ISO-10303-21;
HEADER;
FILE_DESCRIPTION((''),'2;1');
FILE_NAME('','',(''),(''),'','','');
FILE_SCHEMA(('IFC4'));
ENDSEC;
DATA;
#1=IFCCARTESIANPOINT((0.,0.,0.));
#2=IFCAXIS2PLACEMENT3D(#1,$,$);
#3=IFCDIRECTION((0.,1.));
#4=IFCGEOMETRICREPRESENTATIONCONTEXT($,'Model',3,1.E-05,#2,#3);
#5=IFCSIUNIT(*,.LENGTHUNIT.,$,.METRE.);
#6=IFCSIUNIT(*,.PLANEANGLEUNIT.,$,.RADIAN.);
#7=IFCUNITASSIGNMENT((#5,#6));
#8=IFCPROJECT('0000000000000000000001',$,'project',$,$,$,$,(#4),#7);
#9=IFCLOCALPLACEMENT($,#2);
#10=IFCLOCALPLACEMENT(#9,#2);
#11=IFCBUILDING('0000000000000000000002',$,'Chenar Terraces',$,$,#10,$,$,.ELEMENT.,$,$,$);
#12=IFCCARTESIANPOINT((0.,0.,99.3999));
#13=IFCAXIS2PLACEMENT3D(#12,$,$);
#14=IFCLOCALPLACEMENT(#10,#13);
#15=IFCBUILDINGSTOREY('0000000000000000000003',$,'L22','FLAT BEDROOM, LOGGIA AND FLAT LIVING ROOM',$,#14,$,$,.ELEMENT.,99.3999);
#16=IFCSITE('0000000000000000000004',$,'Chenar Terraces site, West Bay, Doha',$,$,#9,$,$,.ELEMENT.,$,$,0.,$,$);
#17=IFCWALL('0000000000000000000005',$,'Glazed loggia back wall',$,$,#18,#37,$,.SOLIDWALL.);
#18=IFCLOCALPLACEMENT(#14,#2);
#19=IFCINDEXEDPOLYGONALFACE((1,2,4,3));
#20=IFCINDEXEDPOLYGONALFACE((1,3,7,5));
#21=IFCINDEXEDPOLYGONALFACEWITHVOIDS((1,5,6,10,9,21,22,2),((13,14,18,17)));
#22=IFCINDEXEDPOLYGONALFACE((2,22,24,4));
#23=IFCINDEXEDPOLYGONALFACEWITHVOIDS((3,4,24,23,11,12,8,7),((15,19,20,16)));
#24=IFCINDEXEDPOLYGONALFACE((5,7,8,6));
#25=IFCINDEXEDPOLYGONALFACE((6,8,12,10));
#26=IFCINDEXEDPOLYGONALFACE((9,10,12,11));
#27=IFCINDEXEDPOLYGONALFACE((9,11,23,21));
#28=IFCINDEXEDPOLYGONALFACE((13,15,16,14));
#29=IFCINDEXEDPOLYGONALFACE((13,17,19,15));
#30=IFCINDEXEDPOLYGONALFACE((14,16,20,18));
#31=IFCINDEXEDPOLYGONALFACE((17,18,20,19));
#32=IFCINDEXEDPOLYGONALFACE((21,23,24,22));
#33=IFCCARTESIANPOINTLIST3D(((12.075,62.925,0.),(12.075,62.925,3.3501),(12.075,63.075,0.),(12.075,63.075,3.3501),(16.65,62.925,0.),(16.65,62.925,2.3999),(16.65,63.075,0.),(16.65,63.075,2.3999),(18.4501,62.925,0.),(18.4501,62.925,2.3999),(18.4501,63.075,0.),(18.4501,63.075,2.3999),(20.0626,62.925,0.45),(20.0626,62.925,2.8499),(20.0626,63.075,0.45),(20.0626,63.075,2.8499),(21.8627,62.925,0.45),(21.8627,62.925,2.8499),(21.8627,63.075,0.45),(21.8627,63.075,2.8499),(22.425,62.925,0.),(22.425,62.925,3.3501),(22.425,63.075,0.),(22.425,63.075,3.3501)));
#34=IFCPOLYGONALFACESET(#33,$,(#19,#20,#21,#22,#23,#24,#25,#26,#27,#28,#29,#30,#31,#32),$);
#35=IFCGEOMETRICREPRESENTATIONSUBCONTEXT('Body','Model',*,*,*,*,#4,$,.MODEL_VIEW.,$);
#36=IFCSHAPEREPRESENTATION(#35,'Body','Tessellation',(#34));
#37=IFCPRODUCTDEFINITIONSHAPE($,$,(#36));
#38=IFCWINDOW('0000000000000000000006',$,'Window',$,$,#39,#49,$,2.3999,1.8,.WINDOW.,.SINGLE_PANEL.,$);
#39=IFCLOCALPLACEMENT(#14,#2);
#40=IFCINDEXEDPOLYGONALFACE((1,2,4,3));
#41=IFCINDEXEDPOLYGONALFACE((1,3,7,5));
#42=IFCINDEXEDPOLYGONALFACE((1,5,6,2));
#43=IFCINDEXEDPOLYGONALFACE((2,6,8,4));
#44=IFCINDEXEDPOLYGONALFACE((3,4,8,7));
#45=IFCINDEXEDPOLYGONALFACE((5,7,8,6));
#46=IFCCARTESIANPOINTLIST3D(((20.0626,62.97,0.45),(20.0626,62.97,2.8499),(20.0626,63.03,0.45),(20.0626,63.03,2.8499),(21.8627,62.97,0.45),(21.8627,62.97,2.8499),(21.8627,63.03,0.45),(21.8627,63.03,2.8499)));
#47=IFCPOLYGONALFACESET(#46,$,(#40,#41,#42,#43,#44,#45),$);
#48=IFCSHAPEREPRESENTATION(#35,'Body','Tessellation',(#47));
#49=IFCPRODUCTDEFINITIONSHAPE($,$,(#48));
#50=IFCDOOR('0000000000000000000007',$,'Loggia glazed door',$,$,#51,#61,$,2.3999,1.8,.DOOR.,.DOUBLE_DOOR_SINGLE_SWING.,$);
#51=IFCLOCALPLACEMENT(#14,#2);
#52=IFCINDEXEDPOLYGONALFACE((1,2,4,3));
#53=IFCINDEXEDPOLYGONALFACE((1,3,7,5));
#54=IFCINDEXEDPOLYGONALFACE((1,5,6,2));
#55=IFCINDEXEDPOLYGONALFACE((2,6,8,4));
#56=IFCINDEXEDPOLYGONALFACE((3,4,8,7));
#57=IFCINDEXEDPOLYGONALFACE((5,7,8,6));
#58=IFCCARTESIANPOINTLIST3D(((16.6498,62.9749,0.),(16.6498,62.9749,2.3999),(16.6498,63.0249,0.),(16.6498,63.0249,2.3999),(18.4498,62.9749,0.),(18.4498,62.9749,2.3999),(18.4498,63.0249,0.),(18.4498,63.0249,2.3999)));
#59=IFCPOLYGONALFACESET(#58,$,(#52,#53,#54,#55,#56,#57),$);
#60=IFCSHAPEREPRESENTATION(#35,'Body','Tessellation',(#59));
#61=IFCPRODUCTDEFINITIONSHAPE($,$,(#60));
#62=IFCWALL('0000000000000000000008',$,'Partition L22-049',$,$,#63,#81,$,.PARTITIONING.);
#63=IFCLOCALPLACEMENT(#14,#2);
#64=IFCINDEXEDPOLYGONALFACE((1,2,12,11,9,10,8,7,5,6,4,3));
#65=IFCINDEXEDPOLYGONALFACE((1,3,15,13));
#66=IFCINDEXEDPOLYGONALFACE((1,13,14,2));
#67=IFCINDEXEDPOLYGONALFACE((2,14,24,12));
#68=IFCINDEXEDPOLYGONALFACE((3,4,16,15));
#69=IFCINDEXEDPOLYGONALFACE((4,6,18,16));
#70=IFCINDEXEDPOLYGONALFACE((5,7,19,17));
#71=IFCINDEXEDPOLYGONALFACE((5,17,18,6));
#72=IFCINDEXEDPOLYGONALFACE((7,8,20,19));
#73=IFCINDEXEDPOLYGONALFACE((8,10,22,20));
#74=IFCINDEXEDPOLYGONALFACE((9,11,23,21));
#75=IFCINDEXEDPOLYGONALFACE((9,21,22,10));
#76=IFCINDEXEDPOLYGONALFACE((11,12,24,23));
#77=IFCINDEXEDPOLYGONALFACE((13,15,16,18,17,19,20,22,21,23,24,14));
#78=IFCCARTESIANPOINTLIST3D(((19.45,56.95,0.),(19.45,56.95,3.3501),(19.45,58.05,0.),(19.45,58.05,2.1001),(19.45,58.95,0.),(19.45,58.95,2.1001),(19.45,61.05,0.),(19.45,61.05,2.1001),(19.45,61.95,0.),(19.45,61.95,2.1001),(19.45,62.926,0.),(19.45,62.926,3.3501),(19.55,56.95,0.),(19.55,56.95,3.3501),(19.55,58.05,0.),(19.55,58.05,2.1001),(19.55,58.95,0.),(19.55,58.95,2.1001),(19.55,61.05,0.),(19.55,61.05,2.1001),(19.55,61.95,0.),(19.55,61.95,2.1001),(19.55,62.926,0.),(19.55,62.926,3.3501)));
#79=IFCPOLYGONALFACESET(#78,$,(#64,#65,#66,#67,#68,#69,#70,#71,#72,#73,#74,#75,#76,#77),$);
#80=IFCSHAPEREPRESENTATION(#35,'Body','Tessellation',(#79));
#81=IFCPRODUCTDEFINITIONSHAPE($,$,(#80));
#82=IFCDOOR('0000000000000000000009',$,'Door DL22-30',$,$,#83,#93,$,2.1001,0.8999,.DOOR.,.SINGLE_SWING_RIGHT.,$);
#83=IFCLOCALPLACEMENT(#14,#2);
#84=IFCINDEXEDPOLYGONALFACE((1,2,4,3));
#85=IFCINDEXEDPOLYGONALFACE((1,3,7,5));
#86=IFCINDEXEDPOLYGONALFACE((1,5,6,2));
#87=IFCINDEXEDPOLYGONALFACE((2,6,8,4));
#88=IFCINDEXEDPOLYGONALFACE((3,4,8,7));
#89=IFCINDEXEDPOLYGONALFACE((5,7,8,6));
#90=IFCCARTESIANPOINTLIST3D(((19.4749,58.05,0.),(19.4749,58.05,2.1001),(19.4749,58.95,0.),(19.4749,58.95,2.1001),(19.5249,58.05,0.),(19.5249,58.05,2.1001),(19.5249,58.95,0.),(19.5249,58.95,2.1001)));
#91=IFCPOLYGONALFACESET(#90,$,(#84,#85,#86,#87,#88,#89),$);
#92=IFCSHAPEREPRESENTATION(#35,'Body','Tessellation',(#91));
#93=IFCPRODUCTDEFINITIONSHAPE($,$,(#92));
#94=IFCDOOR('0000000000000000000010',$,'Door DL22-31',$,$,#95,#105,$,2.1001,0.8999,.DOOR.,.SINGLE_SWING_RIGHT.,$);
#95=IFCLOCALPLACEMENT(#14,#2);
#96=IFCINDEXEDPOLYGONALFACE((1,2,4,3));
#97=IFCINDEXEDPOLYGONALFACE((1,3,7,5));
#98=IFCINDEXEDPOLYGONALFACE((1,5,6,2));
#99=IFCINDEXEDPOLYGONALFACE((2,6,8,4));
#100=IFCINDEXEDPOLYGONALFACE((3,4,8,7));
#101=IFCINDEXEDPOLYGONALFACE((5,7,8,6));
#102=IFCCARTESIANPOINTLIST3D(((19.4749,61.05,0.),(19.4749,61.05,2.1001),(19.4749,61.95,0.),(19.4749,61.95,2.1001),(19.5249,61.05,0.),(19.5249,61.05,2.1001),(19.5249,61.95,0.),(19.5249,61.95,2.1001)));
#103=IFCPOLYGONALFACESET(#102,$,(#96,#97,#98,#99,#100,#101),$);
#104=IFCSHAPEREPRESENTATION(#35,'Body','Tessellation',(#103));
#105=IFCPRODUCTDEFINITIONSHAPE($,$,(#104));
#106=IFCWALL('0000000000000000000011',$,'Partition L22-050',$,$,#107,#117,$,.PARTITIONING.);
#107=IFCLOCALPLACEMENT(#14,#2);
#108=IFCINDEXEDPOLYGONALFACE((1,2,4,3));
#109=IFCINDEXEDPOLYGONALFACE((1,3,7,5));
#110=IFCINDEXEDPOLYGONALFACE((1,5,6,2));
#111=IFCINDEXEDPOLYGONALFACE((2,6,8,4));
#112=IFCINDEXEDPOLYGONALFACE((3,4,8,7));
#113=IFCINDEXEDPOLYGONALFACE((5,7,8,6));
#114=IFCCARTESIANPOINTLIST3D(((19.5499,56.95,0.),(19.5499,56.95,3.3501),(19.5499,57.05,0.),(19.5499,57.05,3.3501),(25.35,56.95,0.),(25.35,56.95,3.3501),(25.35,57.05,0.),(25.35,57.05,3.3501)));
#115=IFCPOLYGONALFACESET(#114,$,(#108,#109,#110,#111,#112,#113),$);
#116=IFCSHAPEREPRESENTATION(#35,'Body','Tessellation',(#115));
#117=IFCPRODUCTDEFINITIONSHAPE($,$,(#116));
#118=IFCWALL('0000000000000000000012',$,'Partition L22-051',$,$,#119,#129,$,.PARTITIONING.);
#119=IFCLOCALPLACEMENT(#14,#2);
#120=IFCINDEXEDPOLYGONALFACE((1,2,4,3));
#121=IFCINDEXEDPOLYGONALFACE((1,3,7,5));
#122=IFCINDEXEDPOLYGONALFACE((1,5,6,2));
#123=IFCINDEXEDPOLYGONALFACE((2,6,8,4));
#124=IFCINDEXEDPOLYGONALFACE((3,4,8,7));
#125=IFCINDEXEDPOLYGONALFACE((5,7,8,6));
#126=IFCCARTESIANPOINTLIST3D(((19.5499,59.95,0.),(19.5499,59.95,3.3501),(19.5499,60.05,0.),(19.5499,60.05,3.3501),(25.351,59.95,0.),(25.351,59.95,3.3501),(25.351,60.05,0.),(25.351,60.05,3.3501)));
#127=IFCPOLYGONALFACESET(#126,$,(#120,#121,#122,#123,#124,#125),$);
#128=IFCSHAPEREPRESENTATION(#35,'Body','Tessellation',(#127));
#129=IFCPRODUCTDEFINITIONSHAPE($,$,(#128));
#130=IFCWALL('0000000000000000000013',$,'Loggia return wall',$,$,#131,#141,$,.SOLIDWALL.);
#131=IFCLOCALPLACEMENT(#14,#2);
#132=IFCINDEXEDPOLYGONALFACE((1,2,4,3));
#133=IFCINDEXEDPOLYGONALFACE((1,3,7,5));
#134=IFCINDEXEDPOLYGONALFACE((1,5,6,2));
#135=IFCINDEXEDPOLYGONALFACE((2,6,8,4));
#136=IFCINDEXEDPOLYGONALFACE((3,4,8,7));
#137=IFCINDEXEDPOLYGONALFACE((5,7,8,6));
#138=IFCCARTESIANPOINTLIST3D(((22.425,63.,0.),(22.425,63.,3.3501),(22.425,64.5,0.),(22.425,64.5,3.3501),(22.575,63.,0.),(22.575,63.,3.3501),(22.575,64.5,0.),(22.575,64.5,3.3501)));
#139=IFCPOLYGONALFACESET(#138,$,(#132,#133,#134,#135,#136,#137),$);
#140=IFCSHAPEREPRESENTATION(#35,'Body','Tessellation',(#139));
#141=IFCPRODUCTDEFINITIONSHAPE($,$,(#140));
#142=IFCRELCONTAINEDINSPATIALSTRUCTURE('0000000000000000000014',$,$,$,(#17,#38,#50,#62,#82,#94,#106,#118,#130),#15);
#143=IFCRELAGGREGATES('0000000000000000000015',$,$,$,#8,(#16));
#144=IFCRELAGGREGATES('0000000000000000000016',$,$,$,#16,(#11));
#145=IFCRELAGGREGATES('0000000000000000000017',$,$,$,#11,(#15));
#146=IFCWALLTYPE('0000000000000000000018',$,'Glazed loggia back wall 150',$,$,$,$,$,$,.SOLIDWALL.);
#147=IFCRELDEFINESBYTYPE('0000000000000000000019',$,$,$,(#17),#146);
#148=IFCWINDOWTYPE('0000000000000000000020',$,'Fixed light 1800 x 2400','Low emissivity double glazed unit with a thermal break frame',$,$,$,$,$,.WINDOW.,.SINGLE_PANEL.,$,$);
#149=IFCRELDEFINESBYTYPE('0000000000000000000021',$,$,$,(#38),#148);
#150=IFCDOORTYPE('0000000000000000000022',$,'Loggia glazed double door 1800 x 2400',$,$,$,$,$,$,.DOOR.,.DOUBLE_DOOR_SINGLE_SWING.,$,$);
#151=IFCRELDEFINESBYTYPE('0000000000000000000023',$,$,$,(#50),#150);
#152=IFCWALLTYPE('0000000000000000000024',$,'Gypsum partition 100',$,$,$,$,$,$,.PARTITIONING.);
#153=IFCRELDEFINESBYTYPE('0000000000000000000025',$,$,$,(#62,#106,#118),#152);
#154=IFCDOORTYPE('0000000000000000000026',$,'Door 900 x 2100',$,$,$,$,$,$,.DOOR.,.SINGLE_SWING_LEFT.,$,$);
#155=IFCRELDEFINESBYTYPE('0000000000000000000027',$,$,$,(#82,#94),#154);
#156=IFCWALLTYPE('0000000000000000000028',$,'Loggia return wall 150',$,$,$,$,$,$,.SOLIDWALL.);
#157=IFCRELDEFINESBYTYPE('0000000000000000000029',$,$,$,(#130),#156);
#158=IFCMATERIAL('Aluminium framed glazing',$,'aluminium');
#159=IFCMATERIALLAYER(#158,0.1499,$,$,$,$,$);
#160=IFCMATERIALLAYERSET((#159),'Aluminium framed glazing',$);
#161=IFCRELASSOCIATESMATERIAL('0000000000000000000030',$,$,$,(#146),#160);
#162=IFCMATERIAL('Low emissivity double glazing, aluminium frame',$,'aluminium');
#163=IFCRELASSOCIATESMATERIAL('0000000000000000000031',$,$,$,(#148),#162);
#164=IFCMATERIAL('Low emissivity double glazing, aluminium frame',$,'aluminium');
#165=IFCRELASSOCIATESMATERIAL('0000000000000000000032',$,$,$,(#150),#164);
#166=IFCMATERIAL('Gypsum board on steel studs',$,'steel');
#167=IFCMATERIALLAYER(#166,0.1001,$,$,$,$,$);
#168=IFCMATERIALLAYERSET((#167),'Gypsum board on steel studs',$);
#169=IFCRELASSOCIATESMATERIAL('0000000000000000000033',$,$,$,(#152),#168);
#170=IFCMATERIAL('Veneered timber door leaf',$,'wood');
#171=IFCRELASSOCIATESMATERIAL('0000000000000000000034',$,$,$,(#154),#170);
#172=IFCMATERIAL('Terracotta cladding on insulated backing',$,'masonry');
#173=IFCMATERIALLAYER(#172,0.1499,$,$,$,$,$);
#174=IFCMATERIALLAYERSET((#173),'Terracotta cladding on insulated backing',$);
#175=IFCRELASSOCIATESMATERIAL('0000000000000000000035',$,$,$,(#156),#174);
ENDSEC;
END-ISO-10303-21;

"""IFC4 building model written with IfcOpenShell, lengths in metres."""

from ifc_helpers import new_model, si_unit, direction, frame, frame_2d, origin, place, context, subcontext, project, spatial, rectangle, extrude, material, layer, layer_set, type_object, element, fill, save


model = new_model("IFC4")

# Units and contexts
model_context = context("Model", 3, precision=1e-05, world=origin(), true_north=direction((0.0, 1.0)))
body_context = subcontext(model_context, "Body", "Model", "MODEL_VIEW")
ifc_project = project(units=[si_unit("LENGTHUNIT", "METRE"), si_unit("PLANEANGLEUNIT", "RADIAN")], contexts=[model_context])

# Site, building, storey
site_placement = place(None, origin())
site = spatial("IfcSite", under=ifc_project, at=site_placement, Name="Chenar Terraces site, West Bay, Doha", CompositionType="ELEMENT", RefElevation=0.0)
building_placement = place(site_placement, origin())
building = spatial("IfcBuilding", under=site, at=building_placement, Name="Chenar Terraces", CompositionType="ELEMENT")
storey_placement = place(building_placement, frame((0.0, 0.0, 99.3999)))
storey = spatial("IfcBuildingStorey", under=building, at=storey_placement, Name="L22", Description="FLAT BEDROOM, LOGGIA AND FLAT LIVING ROOM", CompositionType="ELEMENT", Elevation=99.3999)

# Wall, openings, window, door
ifc_material_1 = material(Name="Aluminium framed glazing", Category="aluminium")
ifc_layer_1 = layer(ifc_material_1, 0.1499)
ifc_layer_set_1 = layer_set([ifc_layer_1], Name="Aluminium framed glazing")
wall_type_1 = type_object("IfcWallType", Name="Glazed loggia back wall 150", PredefinedType="SOLIDWALL", material=ifc_layer_set_1)
wall_1_placement = place(storey_placement, frame((22.425, 63.0, 0.0), z_axis=(0.0, 0.0, 1.0), x_axis=(-1.0, 0.0, 0.0)))
wall_1 = element("IfcWall", 1, at=wall_1_placement, inside=storey, type_object=wall_type_1, Name="Glazed loggia back wall", PredefinedType="SOLIDWALL", context=body_context, shape_type="SweptSolid", body=[
    extrude(rectangle(XDim=10.3501, YDim=0.1499, at=frame_2d((5.175, 0.0))), origin(), (0.0, 0.0, 1.0), 3.3501),
])
opening_1_placement = place(wall_1_placement, frame((0.5625, 0.0, 0.45)))
opening_1 = element("IfcOpeningElement", 2, at=opening_1_placement, cuts=wall_1, PredefinedType="OPENING", context=body_context, shape_type="SweptSolid", body=[
    extrude(rectangle(XDim=1.8, YDim=2.3999, at=frame_2d((0.8999, 1.2))), frame((0.0, 0.085, 0.0), z_axis=(0.0, -1.0, 0.0), x_axis=(1.0, 0.0, 0.0)), (0.0, 0.0, 1.0), 0.1699),
])
opening_2_placement = place(wall_1_placement, frame((3.9751, 0.0, 0.0)))
opening_2 = element("IfcOpeningElement", 3, at=opening_2_placement, cuts=wall_1, PredefinedType="OPENING", context=body_context, shape_type="SweptSolid", body=[
    extrude(rectangle(XDim=1.8, YDim=2.3999, at=frame_2d((0.8999, 1.2))), frame((0.0, 0.085, 0.0), z_axis=(0.0, -1.0, 0.0), x_axis=(1.0, 0.0, 0.0)), (0.0, 0.0, 1.0), 0.1699),
])
ifc_material_2 = material(Name="Low emissivity double glazing, aluminium frame", Category="aluminium")
window_type_1 = type_object("IfcWindowType", Name="Fixed light 1800 x 2400", Description="Low emissivity double glazed unit with a thermal break frame", PartitioningType="SINGLE_PANEL", PredefinedType="WINDOW", material=ifc_material_2)
window_1_placement = place(opening_1_placement, origin())
window_1 = element("IfcWindow", 4, at=window_1_placement, inside=storey, type_object=window_type_1, Name="Window", OverallHeight=2.3999, OverallWidth=1.8, PartitioningType="SINGLE_PANEL", PredefinedType="WINDOW", context=body_context, shape_type="SweptSolid", body=[
    extrude(rectangle(XDim=1.8, YDim=2.3999, at=frame_2d((0.8999, 1.2))), frame((0.0, 0.03, 0.0), z_axis=(0.0, -1.0, 0.0), x_axis=(1.0, 0.0, 0.0)), (0.0, 0.0, 1.0), 0.0601),
])
fill(opening_1, window_1)
ifc_material_3 = material(Name="Low emissivity double glazing, aluminium frame", Category="aluminium")
door_type_1 = type_object("IfcDoorType", Name="Loggia glazed double door 1800 x 2400", OperationType="DOUBLE_DOOR_SINGLE_SWING", PredefinedType="DOOR", material=ifc_material_3)
door_1_placement = place(opening_2_placement, frame((1.8, 0.0, 0.0), z_axis=(0.0, 0.0, 1.0), x_axis=(-1.0, 0.0, 0.0)))
door_1 = element("IfcDoor", 5, at=door_1_placement, inside=storey, type_object=door_type_1, Name="Loggia glazed door", OperationType="DOUBLE_DOOR_SINGLE_SWING", OverallHeight=2.3999, OverallWidth=1.8, PredefinedType="DOOR", context=body_context, shape_type="SweptSolid", body=[
    extrude(rectangle(XDim=1.8, YDim=2.3999, at=frame_2d((0.8999, 1.2))), frame((0.0, 0.0249, 0.0), z_axis=(0.0, -1.0, 0.0), x_axis=(1.0, 0.0, 0.0)), (0.0, 0.0, 1.0), 0.05),
])
fill(opening_2, door_1)

# Wall, openings, doors
ifc_material_4 = material(Name="Gypsum board on steel studs", Category="steel")
ifc_layer_2 = layer(ifc_material_4, 0.1001)
ifc_layer_set_2 = layer_set([ifc_layer_2], Name="Gypsum board on steel studs")
wall_type_2 = type_object("IfcWallType", Name="Gypsum partition 100", PredefinedType="PARTITIONING", material=ifc_layer_set_2)
wall_2_placement = place(storey_placement, frame((19.5, 56.95, 0.0), z_axis=(0.0, 0.0, 1.0), x_axis=(0.0, 1.0, 0.0)))
wall_2 = element("IfcWall", 6, at=wall_2_placement, inside=storey, type_object=wall_type_2, Name="Partition L22-049", PredefinedType="PARTITIONING", context=body_context, shape_type="SweptSolid", body=[
    extrude(rectangle(XDim=5.9761, YDim=0.1001, at=frame_2d((2.988, 0.0))), origin(), (0.0, 0.0, 1.0), 3.3501),
])
opening_3_placement = place(wall_2_placement, frame((1.1001, 0.0, 0.0)))
opening_3 = element("IfcOpeningElement", 7, at=opening_3_placement, cuts=wall_2, PredefinedType="OPENING", context=body_context, shape_type="SweptSolid", body=[
    extrude(rectangle(XDim=0.8999, YDim=2.1001, at=frame_2d((0.45, 1.05))), frame((0.0, 0.0601, 0.0), z_axis=(0.0, -1.0, 0.0), x_axis=(1.0, 0.0, 0.0)), (0.0, 0.0, 1.0), 0.1201),
])
opening_4_placement = place(wall_2_placement, frame((4.1001, 0.0, 0.0)))
opening_4 = element("IfcOpeningElement", 8, at=opening_4_placement, cuts=wall_2, PredefinedType="OPENING", context=body_context, shape_type="SweptSolid", body=[
    extrude(rectangle(XDim=0.8999, YDim=2.1001, at=frame_2d((0.45, 1.05))), frame((0.0, 0.0601, 0.0), z_axis=(0.0, -1.0, 0.0), x_axis=(1.0, 0.0, 0.0)), (0.0, 0.0, 1.0), 0.1201),
])
ifc_material_5 = material(Name="Veneered timber door leaf", Category="wood")
door_type_2 = type_object("IfcDoorType", Name="Door 900 x 2100", OperationType="SINGLE_SWING_LEFT", PredefinedType="DOOR", material=ifc_material_5)
door_2_placement = place(opening_3_placement, frame((0.8999, 0.0, 0.0), z_axis=(0.0, 0.0, 1.0), x_axis=(-1.0, 0.0, 0.0)))
door_2 = element("IfcDoor", 9, at=door_2_placement, inside=storey, type_object=door_type_2, Name="Door DL22-30", OperationType="SINGLE_SWING_RIGHT", OverallHeight=2.1001, OverallWidth=0.8999, PredefinedType="DOOR", context=body_context, shape_type="SweptSolid", body=[
    extrude(rectangle(XDim=0.8999, YDim=2.1001, at=frame_2d((0.45, 1.05))), frame((0.0, 0.0249, 0.0), z_axis=(0.0, -1.0, 0.0), x_axis=(1.0, 0.0, 0.0)), (0.0, 0.0, 1.0), 0.05),
])
fill(opening_3, door_2)
door_3_placement = place(opening_4_placement, frame((0.8999, 0.0, 0.0), z_axis=(0.0, 0.0, 1.0), x_axis=(-1.0, 0.0, 0.0)))
door_3 = element("IfcDoor", 10, at=door_3_placement, inside=storey, type_object=door_type_2, Name="Door DL22-31", OperationType="SINGLE_SWING_RIGHT", OverallHeight=2.1001, OverallWidth=0.8999, PredefinedType="DOOR", context=body_context, shape_type="SweptSolid", body=[
    extrude(rectangle(XDim=0.8999, YDim=2.1001, at=frame_2d((0.45, 1.05))), frame((0.0, 0.0249, 0.0), z_axis=(0.0, -1.0, 0.0), x_axis=(1.0, 0.0, 0.0)), (0.0, 0.0, 1.0), 0.05),
])
fill(opening_4, door_3)

# Walls
wall_3_placement = place(storey_placement, frame((19.55, 57.0, 0.0), z_axis=(0.0, 0.0, 1.0), x_axis=(1.0, 0.0, 0.0)))
element("IfcWall", 11, at=wall_3_placement, inside=storey, type_object=wall_type_2, Name="Partition L22-050", PredefinedType="PARTITIONING", context=body_context, shape_type="SweptSolid", body=[
    extrude(rectangle(XDim=5.8, YDim=0.1001, at=frame_2d((2.8999, 0.0))), origin(), (0.0, 0.0, 1.0), 3.3501),
])
wall_4_placement = place(storey_placement, frame((19.55, 60.0, 0.0), z_axis=(0.0, 0.0, 1.0), x_axis=(1.0, 0.0, 0.0)))
element("IfcWall", 12, at=wall_4_placement, inside=storey, type_object=wall_type_2, Name="Partition L22-051", PredefinedType="PARTITIONING", context=body_context, shape_type="SweptSolid", body=[
    extrude(rectangle(XDim=5.801, YDim=0.1001, at=frame_2d((2.9004, 0.0))), origin(), (0.0, 0.0, 1.0), 3.3501),
])
ifc_material_6 = material(Name="Terracotta cladding on insulated backing", Category="masonry")
ifc_layer_3 = layer(ifc_material_6, 0.1499)
ifc_layer_set_3 = layer_set([ifc_layer_3], Name="Terracotta cladding on insulated backing")
wall_type_3 = type_object("IfcWallType", Name="Loggia return wall 150", PredefinedType="SOLIDWALL", material=ifc_layer_set_3)
wall_5_placement = place(storey_placement, frame((22.5, 64.5, 0.0), z_axis=(0.0, 0.0, 1.0), x_axis=(0.0, -1.0, 0.0)))
element("IfcWall", 13, at=wall_5_placement, inside=storey, type_object=wall_type_3, Name="Loggia return wall", PredefinedType="SOLIDWALL", context=body_context, shape_type="SweptSolid", body=[
    extrude(rectangle(XDim=1.5, YDim=0.1499, at=frame_2d((0.75, 0.0))), origin(), (0.0, 0.0, 1.0), 3.3501),
])

save(model, "model.ifc")
